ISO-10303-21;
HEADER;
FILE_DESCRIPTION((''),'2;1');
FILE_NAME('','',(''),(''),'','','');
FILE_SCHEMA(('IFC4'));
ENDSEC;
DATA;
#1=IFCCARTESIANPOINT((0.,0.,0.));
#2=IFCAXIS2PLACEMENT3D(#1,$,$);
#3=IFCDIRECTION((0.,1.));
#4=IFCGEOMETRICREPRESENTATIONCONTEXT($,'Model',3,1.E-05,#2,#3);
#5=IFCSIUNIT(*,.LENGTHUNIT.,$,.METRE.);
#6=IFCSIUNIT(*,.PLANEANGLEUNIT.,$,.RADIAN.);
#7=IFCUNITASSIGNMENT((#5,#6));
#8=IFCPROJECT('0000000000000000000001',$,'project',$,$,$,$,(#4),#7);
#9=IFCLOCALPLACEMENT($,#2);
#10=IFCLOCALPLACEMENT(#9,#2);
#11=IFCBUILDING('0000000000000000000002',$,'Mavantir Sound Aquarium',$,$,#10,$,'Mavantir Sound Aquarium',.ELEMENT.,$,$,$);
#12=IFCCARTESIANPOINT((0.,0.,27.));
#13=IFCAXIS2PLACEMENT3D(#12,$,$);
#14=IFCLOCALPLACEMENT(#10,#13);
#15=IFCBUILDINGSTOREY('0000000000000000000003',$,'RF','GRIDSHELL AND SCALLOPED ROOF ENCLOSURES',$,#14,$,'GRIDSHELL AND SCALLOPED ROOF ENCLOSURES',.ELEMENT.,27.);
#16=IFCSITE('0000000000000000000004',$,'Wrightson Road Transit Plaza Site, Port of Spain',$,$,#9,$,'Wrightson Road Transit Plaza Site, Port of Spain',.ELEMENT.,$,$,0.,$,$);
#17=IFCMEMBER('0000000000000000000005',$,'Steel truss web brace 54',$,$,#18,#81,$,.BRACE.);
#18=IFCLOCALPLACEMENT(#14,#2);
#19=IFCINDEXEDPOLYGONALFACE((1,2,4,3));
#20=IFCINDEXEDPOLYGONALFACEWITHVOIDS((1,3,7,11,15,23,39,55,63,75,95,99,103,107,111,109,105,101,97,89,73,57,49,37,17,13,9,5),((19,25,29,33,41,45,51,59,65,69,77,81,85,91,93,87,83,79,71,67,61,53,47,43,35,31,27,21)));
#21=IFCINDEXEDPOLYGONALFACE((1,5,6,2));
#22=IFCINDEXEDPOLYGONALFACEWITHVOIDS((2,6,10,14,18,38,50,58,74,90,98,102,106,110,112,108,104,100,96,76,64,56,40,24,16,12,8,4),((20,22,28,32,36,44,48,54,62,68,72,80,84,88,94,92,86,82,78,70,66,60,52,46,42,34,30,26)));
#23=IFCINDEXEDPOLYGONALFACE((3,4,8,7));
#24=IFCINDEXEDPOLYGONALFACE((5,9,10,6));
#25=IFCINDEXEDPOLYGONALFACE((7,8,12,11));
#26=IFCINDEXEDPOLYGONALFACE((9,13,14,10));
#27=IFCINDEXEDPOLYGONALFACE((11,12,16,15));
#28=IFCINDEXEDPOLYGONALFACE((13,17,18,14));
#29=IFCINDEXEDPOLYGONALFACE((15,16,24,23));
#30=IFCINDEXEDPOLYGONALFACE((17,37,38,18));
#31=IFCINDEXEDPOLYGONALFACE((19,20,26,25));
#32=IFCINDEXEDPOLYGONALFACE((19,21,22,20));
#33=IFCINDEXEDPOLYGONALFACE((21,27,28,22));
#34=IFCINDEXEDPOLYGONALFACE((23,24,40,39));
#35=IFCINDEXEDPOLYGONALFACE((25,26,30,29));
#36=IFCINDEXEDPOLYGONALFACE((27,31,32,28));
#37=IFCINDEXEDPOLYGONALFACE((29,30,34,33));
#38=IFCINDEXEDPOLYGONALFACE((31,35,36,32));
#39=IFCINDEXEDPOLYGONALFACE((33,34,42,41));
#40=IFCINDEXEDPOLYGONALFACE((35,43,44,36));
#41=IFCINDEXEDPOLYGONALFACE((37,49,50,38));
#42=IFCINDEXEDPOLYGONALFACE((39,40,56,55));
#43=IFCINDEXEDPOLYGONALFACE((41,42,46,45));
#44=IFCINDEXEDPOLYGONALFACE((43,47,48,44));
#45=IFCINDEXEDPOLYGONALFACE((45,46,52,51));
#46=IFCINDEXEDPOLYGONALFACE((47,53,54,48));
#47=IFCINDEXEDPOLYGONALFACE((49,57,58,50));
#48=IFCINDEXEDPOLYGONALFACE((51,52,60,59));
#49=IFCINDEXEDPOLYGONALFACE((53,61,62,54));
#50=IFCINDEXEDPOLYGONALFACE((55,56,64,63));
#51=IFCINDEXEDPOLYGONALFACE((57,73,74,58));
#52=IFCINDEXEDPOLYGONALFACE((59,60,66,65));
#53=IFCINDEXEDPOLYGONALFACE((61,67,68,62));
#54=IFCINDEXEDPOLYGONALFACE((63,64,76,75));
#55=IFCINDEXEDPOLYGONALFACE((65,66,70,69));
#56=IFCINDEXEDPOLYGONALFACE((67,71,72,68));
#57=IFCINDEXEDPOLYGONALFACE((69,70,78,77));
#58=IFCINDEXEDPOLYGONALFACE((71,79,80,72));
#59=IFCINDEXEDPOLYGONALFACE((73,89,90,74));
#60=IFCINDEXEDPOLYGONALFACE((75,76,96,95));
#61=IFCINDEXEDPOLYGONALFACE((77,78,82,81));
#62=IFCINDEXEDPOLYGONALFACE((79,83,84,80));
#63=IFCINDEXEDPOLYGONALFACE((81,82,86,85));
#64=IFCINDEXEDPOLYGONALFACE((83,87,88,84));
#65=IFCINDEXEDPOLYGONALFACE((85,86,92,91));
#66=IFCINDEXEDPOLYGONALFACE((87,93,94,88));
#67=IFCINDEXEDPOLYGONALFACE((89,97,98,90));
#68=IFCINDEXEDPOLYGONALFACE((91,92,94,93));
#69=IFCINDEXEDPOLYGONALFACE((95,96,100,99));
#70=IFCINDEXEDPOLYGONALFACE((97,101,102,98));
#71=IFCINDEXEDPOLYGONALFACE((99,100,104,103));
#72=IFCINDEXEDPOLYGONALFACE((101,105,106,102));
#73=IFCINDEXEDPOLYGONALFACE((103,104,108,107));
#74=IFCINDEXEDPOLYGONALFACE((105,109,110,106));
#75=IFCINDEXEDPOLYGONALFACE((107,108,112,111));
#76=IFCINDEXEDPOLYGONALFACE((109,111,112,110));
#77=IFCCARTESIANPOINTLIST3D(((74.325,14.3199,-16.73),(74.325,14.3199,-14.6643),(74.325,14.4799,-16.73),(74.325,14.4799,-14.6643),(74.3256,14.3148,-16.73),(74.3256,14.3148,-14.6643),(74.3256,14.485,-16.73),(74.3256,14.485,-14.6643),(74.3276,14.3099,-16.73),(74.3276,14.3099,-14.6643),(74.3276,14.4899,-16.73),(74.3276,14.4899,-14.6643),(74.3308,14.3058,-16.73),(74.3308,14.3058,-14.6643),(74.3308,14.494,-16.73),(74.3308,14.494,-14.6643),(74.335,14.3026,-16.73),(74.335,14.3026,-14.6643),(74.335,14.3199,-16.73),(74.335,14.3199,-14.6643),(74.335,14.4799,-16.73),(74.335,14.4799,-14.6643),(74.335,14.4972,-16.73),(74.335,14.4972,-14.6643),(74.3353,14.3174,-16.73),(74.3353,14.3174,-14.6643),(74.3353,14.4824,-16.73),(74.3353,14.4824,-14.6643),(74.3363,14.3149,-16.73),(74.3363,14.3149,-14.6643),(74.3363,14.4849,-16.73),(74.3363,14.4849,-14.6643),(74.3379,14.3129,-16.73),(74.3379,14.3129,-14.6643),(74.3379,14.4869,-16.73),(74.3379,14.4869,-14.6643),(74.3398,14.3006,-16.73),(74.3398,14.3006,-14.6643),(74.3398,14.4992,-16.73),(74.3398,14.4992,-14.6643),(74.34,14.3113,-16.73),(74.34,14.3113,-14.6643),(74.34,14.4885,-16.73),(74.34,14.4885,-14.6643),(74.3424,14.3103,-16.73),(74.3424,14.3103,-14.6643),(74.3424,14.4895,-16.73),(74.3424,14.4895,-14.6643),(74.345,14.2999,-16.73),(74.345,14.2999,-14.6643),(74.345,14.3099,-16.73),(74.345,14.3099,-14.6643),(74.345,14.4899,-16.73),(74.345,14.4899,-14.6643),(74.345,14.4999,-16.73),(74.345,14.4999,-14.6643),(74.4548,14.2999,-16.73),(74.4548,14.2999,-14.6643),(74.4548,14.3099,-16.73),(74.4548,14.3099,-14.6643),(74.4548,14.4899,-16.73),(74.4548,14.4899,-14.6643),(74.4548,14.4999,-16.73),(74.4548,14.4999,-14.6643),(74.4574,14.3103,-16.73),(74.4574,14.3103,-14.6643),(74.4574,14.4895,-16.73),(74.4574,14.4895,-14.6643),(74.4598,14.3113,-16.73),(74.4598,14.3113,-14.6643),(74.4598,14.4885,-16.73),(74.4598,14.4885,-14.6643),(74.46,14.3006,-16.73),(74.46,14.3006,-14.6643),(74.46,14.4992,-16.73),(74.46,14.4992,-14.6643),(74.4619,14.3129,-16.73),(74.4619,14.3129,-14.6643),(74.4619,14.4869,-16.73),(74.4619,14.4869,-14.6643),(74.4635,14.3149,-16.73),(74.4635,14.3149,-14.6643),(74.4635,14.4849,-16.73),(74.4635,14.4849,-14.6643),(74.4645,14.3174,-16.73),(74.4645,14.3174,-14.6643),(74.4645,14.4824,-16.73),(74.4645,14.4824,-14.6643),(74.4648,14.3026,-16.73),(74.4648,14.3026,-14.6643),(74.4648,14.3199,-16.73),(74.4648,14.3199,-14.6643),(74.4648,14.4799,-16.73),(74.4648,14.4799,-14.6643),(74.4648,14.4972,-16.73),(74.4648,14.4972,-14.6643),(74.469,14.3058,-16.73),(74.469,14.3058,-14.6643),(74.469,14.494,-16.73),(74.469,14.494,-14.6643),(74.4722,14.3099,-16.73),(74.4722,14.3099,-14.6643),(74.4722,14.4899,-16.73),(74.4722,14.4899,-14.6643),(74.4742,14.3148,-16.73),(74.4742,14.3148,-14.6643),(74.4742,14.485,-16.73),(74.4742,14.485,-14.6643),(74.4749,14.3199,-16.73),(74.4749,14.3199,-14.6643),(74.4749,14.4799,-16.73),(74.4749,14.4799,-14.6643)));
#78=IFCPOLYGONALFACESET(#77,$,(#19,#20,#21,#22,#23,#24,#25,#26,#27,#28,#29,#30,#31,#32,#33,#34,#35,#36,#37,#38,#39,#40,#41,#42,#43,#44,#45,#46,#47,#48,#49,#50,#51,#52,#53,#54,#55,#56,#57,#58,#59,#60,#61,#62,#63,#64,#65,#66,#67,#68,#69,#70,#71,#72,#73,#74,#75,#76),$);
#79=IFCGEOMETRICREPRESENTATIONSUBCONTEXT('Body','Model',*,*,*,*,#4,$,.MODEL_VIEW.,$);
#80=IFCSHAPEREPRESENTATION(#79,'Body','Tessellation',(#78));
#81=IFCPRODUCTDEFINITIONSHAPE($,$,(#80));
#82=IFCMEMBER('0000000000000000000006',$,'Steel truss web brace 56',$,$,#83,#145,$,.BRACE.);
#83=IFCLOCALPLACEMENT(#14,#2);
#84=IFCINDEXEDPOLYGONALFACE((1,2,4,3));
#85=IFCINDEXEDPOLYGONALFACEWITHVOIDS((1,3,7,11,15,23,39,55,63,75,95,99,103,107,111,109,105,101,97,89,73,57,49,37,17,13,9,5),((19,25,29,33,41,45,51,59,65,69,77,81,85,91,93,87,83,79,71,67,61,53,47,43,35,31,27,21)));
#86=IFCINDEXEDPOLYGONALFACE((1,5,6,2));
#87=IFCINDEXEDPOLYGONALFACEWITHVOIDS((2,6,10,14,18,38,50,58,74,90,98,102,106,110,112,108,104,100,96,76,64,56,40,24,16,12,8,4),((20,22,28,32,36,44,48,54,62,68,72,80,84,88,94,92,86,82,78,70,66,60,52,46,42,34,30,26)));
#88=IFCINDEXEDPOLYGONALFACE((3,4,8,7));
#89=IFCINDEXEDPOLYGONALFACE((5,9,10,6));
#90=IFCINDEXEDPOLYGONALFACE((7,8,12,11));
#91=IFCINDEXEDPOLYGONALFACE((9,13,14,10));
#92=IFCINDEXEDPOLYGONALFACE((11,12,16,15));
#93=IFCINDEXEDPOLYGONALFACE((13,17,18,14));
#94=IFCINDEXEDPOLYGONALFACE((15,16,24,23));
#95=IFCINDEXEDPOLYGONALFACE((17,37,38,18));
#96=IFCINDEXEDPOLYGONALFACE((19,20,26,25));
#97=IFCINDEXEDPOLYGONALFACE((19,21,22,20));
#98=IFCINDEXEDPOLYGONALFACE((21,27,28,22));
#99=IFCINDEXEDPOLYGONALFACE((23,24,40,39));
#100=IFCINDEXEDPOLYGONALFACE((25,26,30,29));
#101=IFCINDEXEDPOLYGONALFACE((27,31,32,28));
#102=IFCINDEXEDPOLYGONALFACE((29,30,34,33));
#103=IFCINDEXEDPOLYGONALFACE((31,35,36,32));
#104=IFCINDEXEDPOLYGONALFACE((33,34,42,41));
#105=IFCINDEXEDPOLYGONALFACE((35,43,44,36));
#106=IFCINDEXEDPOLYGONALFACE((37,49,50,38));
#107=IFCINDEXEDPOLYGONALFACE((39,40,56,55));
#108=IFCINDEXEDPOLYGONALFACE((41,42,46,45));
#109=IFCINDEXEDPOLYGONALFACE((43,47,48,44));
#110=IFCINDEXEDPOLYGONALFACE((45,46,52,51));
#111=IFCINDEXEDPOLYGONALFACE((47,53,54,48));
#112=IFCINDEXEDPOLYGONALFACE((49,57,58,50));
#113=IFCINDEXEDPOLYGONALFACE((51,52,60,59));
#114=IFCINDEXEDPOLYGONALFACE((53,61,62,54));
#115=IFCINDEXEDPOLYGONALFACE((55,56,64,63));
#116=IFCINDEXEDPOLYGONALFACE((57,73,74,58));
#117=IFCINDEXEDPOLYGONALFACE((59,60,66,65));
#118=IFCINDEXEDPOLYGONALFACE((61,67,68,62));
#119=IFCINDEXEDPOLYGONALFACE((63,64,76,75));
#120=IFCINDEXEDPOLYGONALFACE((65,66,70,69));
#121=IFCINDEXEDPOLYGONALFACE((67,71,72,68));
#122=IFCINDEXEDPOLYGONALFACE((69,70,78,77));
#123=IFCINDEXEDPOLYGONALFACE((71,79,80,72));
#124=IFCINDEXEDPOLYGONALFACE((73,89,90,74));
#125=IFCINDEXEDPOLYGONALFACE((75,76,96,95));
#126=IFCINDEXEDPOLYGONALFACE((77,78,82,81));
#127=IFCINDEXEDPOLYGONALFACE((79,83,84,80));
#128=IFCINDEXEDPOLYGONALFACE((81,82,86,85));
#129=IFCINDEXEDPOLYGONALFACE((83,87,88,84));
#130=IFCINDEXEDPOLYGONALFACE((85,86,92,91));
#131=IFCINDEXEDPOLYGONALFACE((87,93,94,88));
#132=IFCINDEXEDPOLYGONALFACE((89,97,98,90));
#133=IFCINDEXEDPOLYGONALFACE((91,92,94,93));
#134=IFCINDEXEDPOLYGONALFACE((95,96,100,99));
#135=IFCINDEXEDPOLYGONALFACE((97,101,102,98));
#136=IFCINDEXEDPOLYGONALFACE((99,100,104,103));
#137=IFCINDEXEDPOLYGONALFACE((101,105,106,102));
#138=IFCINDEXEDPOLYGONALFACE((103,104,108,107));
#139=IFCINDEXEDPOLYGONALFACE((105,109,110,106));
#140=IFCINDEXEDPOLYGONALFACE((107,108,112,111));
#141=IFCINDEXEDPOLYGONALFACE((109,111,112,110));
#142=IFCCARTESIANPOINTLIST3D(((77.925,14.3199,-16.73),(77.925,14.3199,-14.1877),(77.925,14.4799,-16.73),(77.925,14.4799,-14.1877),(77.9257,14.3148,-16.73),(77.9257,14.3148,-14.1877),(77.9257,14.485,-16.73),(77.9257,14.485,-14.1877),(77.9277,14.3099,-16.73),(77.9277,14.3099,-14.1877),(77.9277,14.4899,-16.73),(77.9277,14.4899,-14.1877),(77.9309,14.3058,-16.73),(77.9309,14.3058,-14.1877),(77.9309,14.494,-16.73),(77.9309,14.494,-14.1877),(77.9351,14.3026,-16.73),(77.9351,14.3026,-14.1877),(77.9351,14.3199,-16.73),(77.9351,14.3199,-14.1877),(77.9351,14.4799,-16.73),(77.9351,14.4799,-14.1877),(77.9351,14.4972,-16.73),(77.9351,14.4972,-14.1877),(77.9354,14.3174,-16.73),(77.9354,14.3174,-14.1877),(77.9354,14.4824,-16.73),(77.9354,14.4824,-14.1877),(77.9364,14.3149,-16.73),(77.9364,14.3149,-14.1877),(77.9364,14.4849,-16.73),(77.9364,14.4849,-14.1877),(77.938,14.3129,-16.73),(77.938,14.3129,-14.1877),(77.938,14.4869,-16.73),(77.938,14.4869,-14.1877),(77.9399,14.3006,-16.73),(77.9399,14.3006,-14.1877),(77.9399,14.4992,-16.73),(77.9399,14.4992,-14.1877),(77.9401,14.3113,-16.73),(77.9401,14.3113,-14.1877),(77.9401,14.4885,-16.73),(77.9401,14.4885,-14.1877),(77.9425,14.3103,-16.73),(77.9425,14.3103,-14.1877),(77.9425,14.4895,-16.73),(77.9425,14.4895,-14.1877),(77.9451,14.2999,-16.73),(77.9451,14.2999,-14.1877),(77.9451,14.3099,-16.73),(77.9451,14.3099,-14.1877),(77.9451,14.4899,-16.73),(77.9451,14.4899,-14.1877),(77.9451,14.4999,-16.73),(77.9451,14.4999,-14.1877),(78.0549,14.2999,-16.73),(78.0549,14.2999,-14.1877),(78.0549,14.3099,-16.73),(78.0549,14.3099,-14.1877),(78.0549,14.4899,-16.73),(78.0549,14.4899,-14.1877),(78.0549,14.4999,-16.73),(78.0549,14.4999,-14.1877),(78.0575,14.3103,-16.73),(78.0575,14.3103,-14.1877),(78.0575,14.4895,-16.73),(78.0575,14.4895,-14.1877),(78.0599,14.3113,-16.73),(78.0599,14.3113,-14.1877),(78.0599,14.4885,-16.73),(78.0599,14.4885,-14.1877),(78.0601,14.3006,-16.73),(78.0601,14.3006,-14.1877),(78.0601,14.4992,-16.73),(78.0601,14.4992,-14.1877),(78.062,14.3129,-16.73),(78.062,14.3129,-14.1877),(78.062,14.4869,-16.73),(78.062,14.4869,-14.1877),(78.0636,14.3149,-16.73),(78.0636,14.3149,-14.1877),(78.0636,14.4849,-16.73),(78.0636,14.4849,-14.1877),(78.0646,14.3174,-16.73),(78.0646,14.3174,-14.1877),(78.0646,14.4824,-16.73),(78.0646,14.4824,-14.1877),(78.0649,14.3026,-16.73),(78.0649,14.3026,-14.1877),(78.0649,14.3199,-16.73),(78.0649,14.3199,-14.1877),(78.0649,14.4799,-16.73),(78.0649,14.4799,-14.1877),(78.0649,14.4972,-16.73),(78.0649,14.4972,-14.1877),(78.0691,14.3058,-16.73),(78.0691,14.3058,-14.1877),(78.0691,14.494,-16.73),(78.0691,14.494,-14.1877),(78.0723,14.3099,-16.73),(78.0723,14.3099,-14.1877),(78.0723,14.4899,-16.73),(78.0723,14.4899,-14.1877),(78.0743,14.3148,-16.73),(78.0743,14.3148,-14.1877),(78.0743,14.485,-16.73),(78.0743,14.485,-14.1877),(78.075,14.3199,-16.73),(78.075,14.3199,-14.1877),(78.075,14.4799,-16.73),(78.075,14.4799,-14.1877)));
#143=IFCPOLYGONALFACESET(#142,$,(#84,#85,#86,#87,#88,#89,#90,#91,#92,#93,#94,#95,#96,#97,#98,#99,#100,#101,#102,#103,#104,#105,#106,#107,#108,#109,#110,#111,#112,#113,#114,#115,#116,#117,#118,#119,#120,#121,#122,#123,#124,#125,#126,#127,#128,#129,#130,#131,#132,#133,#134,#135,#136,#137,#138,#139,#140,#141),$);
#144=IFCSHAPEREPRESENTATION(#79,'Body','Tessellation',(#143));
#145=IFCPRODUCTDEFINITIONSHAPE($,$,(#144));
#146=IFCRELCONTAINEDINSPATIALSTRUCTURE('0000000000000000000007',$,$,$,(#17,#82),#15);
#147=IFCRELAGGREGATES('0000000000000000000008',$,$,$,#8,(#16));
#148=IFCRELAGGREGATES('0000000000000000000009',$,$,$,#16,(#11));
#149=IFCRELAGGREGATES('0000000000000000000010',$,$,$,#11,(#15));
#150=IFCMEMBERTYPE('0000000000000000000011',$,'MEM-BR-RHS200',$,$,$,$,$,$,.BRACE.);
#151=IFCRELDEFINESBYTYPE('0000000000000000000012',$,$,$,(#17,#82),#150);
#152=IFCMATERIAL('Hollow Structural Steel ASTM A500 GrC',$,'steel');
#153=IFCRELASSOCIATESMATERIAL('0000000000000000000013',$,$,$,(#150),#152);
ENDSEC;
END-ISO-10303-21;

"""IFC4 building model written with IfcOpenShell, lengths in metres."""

from ifc_helpers import new_model, si_unit, direction, frame, origin, origin_2d, place, context, subcontext, project, spatial, hollow_rectangle, extrude, material, material_profile, profile_set, type_object, element, save


model = new_model("IFC4")

# Units and contexts
model_context = context("Model", 3, precision=1e-05, world=origin(), true_north=direction((0.0, 1.0)))
body_context = subcontext(model_context, "Body", "Model", "MODEL_VIEW")
ifc_project = project(units=[si_unit("LENGTHUNIT", "METRE"), si_unit("PLANEANGLEUNIT", "RADIAN")], contexts=[model_context])

# Site, building, storey
site_placement = place(None, origin())
site = spatial("IfcSite", under=ifc_project, at=site_placement, Name="Wrightson Road Transit Plaza Site, Port of Spain", LongName="Wrightson Road Transit Plaza Site, Port of Spain", CompositionType="ELEMENT", RefElevation=0.0)
building_placement = place(site_placement, origin())
building = spatial("IfcBuilding", under=site, at=building_placement, Name="Mavantir Sound Aquarium", LongName="Mavantir Sound Aquarium", CompositionType="ELEMENT")
storey_placement = place(building_placement, frame((0.0, 0.0, 27.0)))
storey = spatial("IfcBuildingStorey", under=building, at=storey_placement, Name="RF", Description="GRIDSHELL AND SCALLOPED ROOF ENCLOSURES", LongName="GRIDSHELL AND SCALLOPED ROOF ENCLOSURES", CompositionType="ELEMENT", Elevation=27.0)

# Members
ifc_material_1 = material(Name="Hollow Structural Steel ASTM A500 GrC", Category="steel")
ifc_material_profile_1 = material_profile(ifc_material_1, hollow_rectangle(XDim=0.1499, YDim=0.2, WallThickness=0.01, InnerFilletRadius=0.01, OuterFilletRadius=0.02, at=origin_2d()), Name="RHS 200X150X10")
ifc_profile_set_1 = profile_set([ifc_material_profile_1], Name="Hollow Structural Steel ASTM A500 GrC")
member_type_1 = type_object("IfcMemberType", Name="MEM-BR-RHS200", PredefinedType="BRACE", material=ifc_profile_set_1)
member_1_placement = place(storey_placement, frame((74.3999, 14.3999, -16.73), z_axis=(0.0, 0.0, 1.0), x_axis=(1.0, 0.0, 0.0)))
element("IfcMember", 1, at=member_1_placement, inside=storey, type_object=member_type_1, Name="Steel truss web brace 54", PredefinedType="BRACE", context=body_context, shape_type="SweptSolid", body=[
    extrude(hollow_rectangle(XDim=0.1499, YDim=0.2, WallThickness=0.01, InnerFilletRadius=0.01, OuterFilletRadius=0.02, at=origin_2d()), origin(), (0.0, 0.0, 1.0), 2.0657),
])
member_2_placement = place(storey_placement, frame((78.0, 14.3999, -16.73), z_axis=(0.0, 0.0, 1.0), x_axis=(1.0, 0.0, 0.0)))
element("IfcMember", 2, at=member_2_placement, inside=storey, type_object=member_type_1, Name="Steel truss web brace 56", PredefinedType="BRACE", context=body_context, shape_type="SweptSolid", body=[
    extrude(hollow_rectangle(XDim=0.1499, YDim=0.2, WallThickness=0.01, InnerFilletRadius=0.01, OuterFilletRadius=0.02, at=origin_2d()), origin(), (0.0, 0.0, 1.0), 2.5422),
])

save(model, "model.ifc")
